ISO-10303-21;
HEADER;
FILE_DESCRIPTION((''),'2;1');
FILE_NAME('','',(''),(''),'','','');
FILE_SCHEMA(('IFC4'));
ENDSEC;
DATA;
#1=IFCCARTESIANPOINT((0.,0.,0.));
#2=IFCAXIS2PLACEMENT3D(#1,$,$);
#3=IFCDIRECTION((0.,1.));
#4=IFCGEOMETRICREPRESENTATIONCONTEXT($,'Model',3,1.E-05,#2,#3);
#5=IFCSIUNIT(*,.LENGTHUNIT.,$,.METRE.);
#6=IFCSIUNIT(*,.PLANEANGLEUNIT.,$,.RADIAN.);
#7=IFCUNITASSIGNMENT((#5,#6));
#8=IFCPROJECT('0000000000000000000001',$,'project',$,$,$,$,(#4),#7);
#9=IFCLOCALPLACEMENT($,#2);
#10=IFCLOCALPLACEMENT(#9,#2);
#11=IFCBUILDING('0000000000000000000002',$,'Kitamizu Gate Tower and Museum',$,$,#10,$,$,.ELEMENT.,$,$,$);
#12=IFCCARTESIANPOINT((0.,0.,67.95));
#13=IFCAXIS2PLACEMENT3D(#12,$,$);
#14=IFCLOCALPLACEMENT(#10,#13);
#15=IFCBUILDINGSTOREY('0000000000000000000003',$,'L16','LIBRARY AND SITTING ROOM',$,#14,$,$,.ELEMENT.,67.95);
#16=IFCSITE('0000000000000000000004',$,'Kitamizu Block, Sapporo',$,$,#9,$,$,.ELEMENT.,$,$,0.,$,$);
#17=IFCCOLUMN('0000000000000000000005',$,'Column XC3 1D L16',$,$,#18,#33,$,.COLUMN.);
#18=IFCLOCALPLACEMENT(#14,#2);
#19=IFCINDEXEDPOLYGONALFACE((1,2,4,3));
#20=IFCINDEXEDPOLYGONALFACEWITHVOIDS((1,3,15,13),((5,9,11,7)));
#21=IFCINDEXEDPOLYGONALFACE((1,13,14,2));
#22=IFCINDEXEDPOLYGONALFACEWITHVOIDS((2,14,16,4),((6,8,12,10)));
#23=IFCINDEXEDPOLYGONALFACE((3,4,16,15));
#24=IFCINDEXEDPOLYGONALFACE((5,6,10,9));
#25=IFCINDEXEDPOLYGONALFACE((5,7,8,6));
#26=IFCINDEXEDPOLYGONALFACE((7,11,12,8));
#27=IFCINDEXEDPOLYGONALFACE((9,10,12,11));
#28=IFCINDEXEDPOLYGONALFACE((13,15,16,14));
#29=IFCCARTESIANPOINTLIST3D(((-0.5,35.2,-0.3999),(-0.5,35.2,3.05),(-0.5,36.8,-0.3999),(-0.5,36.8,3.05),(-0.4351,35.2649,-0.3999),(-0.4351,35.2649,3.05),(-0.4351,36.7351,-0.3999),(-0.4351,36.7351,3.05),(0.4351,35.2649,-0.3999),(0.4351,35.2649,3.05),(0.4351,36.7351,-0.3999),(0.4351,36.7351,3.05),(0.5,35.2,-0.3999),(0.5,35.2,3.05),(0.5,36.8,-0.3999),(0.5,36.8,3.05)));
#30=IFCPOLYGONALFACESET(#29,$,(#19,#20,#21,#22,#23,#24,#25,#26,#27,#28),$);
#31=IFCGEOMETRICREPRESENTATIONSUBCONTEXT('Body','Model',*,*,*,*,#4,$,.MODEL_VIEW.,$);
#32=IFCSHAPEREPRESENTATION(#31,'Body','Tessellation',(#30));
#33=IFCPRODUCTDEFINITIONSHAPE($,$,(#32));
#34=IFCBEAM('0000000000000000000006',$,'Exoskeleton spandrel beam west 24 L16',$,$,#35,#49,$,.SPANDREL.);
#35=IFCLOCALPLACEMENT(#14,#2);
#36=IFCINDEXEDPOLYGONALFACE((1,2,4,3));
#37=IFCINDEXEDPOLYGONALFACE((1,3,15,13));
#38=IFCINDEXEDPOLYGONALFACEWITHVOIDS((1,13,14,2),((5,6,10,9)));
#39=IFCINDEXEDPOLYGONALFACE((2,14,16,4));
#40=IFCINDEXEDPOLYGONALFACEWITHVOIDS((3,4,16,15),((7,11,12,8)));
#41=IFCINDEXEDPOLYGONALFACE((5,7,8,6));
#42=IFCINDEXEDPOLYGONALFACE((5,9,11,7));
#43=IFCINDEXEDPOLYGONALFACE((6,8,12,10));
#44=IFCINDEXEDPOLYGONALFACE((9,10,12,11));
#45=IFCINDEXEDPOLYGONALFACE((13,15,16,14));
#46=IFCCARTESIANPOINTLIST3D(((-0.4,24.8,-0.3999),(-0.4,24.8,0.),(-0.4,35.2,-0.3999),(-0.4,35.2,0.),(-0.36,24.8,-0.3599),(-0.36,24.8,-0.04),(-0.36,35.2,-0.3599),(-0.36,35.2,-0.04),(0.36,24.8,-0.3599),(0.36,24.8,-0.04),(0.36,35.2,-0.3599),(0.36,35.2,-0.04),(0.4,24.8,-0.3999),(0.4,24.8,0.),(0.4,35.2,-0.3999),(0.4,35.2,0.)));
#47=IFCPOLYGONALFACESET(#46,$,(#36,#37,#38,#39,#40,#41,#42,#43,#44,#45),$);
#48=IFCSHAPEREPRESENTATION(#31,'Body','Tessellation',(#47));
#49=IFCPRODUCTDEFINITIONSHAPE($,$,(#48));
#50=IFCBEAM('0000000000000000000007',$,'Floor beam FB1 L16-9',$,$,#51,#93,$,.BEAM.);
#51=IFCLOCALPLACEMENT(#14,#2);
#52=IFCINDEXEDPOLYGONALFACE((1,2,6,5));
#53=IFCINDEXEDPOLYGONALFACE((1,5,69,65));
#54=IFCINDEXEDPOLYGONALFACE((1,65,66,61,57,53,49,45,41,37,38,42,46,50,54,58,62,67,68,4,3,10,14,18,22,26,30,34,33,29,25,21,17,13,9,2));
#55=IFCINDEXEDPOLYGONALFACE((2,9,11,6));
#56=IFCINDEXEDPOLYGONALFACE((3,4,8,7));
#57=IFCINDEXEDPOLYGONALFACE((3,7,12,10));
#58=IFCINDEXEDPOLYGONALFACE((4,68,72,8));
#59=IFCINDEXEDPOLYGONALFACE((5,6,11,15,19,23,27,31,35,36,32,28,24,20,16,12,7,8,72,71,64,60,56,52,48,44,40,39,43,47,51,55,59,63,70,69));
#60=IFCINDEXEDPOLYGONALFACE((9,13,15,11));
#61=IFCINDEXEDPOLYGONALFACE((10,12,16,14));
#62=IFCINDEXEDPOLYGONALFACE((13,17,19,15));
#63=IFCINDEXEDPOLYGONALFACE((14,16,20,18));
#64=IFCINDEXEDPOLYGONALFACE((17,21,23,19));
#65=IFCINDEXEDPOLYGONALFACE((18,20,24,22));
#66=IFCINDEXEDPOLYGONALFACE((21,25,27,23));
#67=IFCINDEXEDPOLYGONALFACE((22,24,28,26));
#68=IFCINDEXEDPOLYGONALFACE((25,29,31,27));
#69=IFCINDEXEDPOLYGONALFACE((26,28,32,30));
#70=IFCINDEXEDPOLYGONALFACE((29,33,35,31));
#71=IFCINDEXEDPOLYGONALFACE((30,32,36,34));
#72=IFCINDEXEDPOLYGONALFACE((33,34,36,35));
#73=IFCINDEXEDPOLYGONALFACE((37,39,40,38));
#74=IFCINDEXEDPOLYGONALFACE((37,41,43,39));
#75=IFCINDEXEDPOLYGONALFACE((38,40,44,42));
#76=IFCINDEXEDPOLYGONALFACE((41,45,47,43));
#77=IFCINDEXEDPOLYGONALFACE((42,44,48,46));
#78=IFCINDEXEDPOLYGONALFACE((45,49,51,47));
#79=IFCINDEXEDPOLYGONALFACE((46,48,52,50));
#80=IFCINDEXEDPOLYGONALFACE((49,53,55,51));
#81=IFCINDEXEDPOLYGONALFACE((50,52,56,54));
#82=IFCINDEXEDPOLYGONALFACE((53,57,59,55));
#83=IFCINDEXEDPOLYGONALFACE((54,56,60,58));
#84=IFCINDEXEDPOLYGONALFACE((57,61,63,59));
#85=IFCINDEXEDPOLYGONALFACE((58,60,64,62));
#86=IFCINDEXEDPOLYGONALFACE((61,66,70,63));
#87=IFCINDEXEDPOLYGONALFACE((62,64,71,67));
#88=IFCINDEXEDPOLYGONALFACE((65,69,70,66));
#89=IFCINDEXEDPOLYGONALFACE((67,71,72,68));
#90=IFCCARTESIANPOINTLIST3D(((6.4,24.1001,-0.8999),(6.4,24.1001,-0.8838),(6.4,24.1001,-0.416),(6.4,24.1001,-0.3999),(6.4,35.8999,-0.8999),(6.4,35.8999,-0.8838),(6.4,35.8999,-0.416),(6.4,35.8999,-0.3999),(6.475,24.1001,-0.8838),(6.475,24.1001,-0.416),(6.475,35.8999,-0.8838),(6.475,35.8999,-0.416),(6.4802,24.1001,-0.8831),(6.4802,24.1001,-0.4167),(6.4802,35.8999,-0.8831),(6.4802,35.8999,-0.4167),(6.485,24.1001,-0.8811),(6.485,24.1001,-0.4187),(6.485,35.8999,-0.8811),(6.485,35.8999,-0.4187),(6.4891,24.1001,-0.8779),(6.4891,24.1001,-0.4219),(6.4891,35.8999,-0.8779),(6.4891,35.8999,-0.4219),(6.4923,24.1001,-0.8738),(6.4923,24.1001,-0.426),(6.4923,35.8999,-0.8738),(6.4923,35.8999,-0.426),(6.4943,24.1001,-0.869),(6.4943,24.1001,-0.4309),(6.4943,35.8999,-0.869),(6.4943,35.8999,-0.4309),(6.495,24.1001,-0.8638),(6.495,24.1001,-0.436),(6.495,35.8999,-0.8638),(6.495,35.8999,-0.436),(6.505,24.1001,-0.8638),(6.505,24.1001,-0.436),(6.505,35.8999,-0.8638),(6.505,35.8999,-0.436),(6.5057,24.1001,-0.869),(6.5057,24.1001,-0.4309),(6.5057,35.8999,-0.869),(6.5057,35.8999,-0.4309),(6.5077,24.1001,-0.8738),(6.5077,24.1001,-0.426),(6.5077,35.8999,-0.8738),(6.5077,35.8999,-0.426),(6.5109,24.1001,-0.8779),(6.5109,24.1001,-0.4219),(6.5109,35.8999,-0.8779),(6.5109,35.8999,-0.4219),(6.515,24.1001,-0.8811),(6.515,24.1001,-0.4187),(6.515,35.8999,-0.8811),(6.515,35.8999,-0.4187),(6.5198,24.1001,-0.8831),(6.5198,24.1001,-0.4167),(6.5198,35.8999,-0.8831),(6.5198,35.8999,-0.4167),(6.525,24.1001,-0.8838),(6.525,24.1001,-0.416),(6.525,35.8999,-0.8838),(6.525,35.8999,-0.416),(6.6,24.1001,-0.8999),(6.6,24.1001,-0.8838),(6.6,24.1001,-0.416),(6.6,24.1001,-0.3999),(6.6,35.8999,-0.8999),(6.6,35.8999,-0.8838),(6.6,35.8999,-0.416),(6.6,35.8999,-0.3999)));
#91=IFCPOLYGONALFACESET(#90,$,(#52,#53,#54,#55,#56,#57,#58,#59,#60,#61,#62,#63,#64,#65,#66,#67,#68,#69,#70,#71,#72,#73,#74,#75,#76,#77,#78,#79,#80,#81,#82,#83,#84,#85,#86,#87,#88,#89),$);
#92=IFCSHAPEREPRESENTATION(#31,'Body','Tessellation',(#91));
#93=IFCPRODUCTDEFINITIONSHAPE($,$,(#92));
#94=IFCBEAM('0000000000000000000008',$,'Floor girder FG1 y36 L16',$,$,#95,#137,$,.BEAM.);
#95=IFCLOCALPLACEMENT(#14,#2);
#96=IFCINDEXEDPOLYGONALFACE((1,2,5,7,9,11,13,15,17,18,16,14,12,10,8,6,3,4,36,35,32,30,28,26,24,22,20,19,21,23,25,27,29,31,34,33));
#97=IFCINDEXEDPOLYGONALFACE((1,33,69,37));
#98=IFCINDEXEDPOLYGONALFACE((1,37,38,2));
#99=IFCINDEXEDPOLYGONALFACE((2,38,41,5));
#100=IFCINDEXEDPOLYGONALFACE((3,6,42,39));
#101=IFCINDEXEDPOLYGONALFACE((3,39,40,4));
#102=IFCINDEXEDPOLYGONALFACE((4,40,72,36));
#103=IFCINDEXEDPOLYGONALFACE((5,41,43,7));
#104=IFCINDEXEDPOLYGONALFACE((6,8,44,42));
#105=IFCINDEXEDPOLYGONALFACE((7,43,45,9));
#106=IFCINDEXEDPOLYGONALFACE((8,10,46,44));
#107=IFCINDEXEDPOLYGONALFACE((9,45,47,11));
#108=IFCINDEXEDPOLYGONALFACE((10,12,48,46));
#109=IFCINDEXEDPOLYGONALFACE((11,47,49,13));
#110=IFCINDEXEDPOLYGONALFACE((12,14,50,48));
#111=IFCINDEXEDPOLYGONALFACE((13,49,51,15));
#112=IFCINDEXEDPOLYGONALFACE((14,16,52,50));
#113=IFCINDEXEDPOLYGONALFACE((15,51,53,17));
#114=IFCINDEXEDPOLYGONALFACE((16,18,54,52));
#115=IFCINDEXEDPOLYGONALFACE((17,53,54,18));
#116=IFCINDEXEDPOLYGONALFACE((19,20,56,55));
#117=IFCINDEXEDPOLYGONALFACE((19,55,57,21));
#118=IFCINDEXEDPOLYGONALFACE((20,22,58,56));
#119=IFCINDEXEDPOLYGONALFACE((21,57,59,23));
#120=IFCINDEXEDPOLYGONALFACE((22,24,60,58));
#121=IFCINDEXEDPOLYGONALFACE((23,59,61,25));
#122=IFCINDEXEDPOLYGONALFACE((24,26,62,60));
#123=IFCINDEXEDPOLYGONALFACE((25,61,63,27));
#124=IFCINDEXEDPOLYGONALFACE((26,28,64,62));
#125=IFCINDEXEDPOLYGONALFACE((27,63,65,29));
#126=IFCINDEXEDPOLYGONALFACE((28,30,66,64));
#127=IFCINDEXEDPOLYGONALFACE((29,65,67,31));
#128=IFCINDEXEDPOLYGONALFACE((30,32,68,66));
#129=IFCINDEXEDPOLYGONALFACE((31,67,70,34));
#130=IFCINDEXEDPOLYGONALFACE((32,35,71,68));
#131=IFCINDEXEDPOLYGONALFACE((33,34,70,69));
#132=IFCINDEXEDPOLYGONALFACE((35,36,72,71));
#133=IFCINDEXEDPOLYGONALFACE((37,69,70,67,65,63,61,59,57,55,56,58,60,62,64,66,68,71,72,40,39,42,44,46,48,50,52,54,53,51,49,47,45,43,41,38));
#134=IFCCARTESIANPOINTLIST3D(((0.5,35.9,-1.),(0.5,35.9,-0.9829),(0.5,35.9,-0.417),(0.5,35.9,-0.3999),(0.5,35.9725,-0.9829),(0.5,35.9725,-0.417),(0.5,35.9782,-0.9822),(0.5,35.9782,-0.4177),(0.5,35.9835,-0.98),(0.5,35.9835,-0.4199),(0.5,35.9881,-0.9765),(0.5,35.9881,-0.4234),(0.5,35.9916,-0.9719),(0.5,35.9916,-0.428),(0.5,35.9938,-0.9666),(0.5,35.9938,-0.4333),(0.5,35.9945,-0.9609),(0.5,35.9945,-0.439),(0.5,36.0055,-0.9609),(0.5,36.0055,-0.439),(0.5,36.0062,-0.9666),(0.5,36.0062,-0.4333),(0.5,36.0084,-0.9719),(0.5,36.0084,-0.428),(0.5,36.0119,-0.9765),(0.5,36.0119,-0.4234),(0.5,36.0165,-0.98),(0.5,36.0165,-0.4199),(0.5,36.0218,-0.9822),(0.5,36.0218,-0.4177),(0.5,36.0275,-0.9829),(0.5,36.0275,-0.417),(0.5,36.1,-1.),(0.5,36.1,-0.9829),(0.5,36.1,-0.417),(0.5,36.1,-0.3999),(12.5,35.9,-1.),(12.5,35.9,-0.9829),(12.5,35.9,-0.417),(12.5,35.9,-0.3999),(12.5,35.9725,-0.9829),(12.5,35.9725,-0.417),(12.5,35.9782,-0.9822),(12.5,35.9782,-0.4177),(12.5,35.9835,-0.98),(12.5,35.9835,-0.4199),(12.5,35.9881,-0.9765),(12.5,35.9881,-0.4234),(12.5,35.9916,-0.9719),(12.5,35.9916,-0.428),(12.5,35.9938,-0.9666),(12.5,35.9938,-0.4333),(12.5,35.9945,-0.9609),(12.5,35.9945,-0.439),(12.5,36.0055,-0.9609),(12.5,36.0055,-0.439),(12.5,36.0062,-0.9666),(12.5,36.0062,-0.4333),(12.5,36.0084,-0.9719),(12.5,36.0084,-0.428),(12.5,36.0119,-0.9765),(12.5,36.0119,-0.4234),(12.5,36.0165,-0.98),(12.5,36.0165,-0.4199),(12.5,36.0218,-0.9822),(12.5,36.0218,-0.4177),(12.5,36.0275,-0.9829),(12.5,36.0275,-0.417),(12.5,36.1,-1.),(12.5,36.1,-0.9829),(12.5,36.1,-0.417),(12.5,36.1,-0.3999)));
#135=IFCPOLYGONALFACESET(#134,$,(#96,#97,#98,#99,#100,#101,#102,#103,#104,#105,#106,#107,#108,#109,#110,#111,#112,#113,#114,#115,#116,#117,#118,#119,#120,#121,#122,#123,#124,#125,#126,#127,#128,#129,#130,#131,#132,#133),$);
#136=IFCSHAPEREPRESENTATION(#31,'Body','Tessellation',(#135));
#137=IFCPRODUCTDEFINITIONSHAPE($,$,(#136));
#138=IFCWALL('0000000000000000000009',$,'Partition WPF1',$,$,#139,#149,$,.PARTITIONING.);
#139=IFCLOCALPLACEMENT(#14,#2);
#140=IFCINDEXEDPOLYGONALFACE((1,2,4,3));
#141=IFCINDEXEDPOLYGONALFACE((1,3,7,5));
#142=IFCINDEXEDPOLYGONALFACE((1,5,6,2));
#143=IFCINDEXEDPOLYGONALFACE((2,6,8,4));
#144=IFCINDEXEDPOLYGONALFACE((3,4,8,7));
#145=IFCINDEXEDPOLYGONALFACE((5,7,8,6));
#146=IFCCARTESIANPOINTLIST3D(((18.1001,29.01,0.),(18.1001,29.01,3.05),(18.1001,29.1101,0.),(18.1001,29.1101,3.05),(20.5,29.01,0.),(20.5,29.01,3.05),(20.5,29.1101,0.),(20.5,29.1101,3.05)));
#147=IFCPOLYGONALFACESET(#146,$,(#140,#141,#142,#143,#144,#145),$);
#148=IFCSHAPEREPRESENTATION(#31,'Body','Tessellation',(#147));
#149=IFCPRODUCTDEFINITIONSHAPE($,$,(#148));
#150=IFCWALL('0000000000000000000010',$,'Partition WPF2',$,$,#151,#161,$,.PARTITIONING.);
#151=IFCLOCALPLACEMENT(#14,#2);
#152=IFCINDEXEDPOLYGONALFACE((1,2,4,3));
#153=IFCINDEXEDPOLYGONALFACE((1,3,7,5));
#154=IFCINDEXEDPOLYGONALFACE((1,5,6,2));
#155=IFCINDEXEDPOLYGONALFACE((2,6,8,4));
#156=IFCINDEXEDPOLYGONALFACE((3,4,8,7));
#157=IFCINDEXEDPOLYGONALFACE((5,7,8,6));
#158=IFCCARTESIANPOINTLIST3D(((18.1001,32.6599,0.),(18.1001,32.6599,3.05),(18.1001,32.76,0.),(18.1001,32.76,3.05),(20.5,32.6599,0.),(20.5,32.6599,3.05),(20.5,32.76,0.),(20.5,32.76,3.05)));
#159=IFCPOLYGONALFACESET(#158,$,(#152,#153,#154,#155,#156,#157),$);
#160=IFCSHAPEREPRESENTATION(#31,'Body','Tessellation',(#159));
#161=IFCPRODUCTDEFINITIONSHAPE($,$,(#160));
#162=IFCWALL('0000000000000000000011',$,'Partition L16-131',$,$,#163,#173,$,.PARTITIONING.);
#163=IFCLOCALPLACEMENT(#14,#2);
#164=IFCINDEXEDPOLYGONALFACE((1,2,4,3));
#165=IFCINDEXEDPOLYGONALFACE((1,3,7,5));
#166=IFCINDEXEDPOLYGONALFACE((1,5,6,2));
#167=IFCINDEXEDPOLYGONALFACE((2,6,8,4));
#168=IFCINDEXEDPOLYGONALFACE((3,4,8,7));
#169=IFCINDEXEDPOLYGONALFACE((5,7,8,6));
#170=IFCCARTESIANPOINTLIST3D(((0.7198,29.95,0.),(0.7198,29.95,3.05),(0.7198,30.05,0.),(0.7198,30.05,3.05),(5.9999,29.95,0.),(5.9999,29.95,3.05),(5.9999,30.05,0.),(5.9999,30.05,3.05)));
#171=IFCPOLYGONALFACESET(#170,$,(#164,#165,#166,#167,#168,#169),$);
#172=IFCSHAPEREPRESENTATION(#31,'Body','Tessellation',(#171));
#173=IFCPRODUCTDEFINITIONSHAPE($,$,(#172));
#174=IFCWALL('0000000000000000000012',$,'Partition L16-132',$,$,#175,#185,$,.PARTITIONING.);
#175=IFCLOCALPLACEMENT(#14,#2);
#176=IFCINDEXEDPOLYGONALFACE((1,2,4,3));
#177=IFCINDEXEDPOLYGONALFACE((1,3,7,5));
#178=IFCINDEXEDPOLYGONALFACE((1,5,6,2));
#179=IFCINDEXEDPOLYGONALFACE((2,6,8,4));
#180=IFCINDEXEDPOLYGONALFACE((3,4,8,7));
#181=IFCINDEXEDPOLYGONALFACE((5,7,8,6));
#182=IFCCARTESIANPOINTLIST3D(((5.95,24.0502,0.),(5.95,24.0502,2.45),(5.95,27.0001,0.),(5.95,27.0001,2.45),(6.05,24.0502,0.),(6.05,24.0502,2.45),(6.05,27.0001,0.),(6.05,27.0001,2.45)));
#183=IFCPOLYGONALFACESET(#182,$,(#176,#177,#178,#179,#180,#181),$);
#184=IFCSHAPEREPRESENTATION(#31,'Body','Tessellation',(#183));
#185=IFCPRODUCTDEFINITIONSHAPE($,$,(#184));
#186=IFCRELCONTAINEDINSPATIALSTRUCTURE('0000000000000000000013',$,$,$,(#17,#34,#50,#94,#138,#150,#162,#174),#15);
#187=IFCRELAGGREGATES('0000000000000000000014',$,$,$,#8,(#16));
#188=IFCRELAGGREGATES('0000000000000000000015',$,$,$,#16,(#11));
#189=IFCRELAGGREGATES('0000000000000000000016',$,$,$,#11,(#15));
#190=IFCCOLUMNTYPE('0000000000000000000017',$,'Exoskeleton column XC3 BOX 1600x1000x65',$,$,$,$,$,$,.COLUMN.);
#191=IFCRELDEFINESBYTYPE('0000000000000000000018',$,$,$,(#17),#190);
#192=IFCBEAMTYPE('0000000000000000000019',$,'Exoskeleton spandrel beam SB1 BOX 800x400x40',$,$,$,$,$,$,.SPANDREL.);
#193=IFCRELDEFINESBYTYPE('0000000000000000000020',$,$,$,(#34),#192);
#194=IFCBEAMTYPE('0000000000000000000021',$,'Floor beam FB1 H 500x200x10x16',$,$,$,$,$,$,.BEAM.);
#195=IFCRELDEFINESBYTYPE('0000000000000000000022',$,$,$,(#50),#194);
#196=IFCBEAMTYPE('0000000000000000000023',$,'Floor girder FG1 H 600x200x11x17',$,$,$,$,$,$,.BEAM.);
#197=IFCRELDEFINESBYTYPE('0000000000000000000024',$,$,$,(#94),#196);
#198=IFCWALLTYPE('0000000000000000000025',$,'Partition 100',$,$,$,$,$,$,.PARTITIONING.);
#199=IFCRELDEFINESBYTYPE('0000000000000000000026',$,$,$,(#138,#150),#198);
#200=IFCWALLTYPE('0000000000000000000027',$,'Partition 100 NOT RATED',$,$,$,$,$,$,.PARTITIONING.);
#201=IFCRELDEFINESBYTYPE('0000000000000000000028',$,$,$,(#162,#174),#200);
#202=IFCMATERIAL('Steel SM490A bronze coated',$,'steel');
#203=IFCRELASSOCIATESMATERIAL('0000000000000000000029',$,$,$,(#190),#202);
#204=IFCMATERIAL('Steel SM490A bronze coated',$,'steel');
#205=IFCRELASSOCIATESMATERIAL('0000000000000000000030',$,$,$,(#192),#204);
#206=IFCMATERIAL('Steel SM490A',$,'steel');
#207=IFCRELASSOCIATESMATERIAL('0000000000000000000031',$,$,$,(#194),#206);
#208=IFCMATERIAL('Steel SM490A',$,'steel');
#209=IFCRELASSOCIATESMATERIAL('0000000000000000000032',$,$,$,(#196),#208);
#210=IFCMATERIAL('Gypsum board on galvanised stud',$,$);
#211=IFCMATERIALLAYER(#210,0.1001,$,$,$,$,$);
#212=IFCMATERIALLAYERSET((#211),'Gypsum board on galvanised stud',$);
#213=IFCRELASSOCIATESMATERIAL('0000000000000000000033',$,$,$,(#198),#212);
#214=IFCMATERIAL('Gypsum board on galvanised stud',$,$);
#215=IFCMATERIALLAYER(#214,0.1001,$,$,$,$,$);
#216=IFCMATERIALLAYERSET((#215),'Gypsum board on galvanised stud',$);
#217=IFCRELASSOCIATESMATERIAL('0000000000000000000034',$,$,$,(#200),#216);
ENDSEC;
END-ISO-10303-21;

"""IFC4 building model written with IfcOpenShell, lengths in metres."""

from ifc_helpers import new_model, si_unit, direction, frame, frame_2d, origin, origin_2d, place, context, subcontext, project, spatial, rectangle, hollow_rectangle, i_section, extrude, material, layer, layer_set, material_profile, profile_set, type_object, element, save


model = new_model("IFC4")

# Units and contexts
model_context = context("Model", 3, precision=1e-05, world=origin(), true_north=direction((0.0, 1.0)))
body_context = subcontext(model_context, "Body", "Model", "MODEL_VIEW")
ifc_project = project(units=[si_unit("LENGTHUNIT", "METRE"), si_unit("PLANEANGLEUNIT", "RADIAN")], contexts=[model_context])

# Site, building, storey
site_placement = place(None, origin())
site = spatial("IfcSite", under=ifc_project, at=site_placement, Name="Kitamizu Block, Sapporo", CompositionType="ELEMENT", RefElevation=0.0)
building_placement = place(site_placement, origin())
building = spatial("IfcBuilding", under=site, at=building_placement, Name="Kitamizu Gate Tower and Museum", CompositionType="ELEMENT")
storey_placement = place(building_placement, frame((0.0, 0.0, 67.95)))
storey = spatial("IfcBuildingStorey", under=building, at=storey_placement, Name="L16", Description="LIBRARY AND SITTING ROOM", CompositionType="ELEMENT", Elevation=67.95)

# Column
ifc_material_1 = material(Name="Steel SM490A bronze coated", Category="steel")
ifc_material_profile_1 = material_profile(ifc_material_1, hollow_rectangle(XDim=1.6001, YDim=1.0, WallThickness=0.0649, at=origin_2d()), Name="BOX 1600x1000x65")
ifc_profile_set_1 = profile_set([ifc_material_profile_1], Name="Steel SM490A bronze coated")
column_type = type_object("IfcColumnType", Name="Exoskeleton column XC3 BOX 1600x1000x65", PredefinedType="COLUMN", material=ifc_profile_set_1)
column_placement = place(storey_placement, frame((0.0, 36.0, -0.3999), z_axis=(0.0, 0.0, 1.0), x_axis=(0.0, 1.0, 0.0)))
element("IfcColumn", 1, at=column_placement, inside=storey, type_object=column_type, Name="Column XC3 1D L16", PredefinedType="COLUMN", context=body_context, shape_type="SweptSolid", body=[
    extrude(hollow_rectangle(XDim=1.6001, YDim=1.0, WallThickness=0.0649, at=origin_2d()), origin(), (0.0, 0.0, 1.0), 3.45),
])

# Beams
ifc_material_2 = material(Name="Steel SM490A bronze coated", Category="steel")
ifc_material_profile_2 = material_profile(ifc_material_2, hollow_rectangle(XDim=0.8, YDim=0.3999, WallThickness=0.04, at=origin_2d()), Name="BOX 800x400x40")
ifc_profile_set_2 = profile_set([ifc_material_profile_2], Name="Steel SM490A bronze coated")
beam_type_1 = type_object("IfcBeamType", Name="Exoskeleton spandrel beam SB1 BOX 800x400x40", PredefinedType="SPANDREL", material=ifc_profile_set_2)
beam_1_placement = place(storey_placement, frame((0.0, 24.8, -0.2), z_axis=(0.0, 1.0, 0.0), x_axis=(-1.0, 0.0, 0.0)))
element("IfcBeam", 2, at=beam_1_placement, inside=storey, type_object=beam_type_1, Name="Exoskeleton spandrel beam west 24 L16", PredefinedType="SPANDREL", context=body_context, shape_type="SweptSolid", body=[
    extrude(hollow_rectangle(XDim=0.8, YDim=0.3999, WallThickness=0.04, at=origin_2d()), origin(), (0.0, 0.0, 1.0), 10.3999),
])
ifc_material_3 = material(Name="Steel SM490A", Category="steel")
ifc_material_profile_3 = material_profile(ifc_material_3, i_section(OverallWidth=0.2, OverallDepth=0.5, WebThickness=0.01, FlangeThickness=0.0161, FilletRadius=0.02, at=origin_2d()), Name="H-500x200x10x16")
ifc_profile_set_3 = profile_set([ifc_material_profile_3], Name="Steel SM490A")
beam_type_2 = type_object("IfcBeamType", Name="Floor beam FB1 H 500x200x10x16", PredefinedType="BEAM", material=ifc_profile_set_3)
beam_2_placement = place(storey_placement, frame((6.5, 24.1001, -0.6499), z_axis=(0.0, 1.0, 0.0), x_axis=(-1.0, 0.0, 0.0)))
element("IfcBeam", 3, at=beam_2_placement, inside=storey, type_object=beam_type_2, Name="Floor beam FB1 L16-9", PredefinedType="BEAM", context=body_context, shape_type="SweptSolid", body=[
    extrude(i_section(OverallWidth=0.2, OverallDepth=0.5, WebThickness=0.01, FlangeThickness=0.0161, FilletRadius=0.02, at=origin_2d()), origin(), (0.0, 0.0, 1.0), 11.7998),
])
ifc_material_4 = material(Name="Steel SM490A", Category="steel")
ifc_material_profile_4 = material_profile(ifc_material_4, i_section(OverallWidth=0.2, OverallDepth=0.6001, WebThickness=0.011, FlangeThickness=0.0171, FilletRadius=0.022, at=origin_2d()), Name="H-600x200x11x17")
ifc_profile_set_4 = profile_set([ifc_material_profile_4], Name="Steel SM490A")
beam_type_3 = type_object("IfcBeamType", Name="Floor girder FG1 H 600x200x11x17", PredefinedType="BEAM", material=ifc_profile_set_4)
beam_3_placement = place(storey_placement, frame((0.5, 36.0, -0.7), z_axis=(1.0, 0.0, 0.0), x_axis=(0.0, 1.0, 0.0)))
element("IfcBeam", 4, at=beam_3_placement, inside=storey, type_object=beam_type_3, Name="Floor girder FG1 y36 L16", PredefinedType="BEAM", context=body_context, shape_type="SweptSolid", body=[
    extrude(i_section(OverallWidth=0.2, OverallDepth=0.6001, WebThickness=0.011, FlangeThickness=0.0171, FilletRadius=0.022, at=origin_2d()), origin(), (0.0, 0.0, 1.0), 12.0),
])

# Walls
ifc_material_5 = material(Name="Gypsum board on galvanised stud")
ifc_layer_1 = layer(ifc_material_5, 0.1001)
ifc_layer_set_1 = layer_set([ifc_layer_1], Name="Gypsum board on galvanised stud")
wall_type_1 = type_object("IfcWallType", Name="Partition 100", PredefinedType="PARTITIONING", material=ifc_layer_set_1)
for number, where, z_axis, x_axis, name in (
    (5, (18.1001, 29.0601, 0.0), (0.0, 0.0, 1.0), (1.0, 0.0, 0.0), "Partition WPF1"),
    (6, (18.1001, 32.71, 0.0), (0.0, 0.0, 1.0), (1.0, 0.0, 0.0), "Partition WPF2"),
):
    element("IfcWall", number, at=place(storey_placement, frame(where, z_axis=z_axis, x_axis=x_axis)), inside=storey, type_object=wall_type_1, Name=name, PredefinedType="PARTITIONING", context=body_context, shape_type="SweptSolid", body=[
        extrude(rectangle(XDim=2.3999, YDim=0.1001, at=frame_2d((1.2, 0.0))), origin(), (0.0, 0.0, 1.0), 3.05),
    ])
ifc_material_6 = material(Name="Gypsum board on galvanised stud")
ifc_layer_2 = layer(ifc_material_6, 0.1001)
ifc_layer_set_2 = layer_set([ifc_layer_2], Name="Gypsum board on galvanised stud")
wall_type_2 = type_object("IfcWallType", Name="Partition 100 NOT RATED", PredefinedType="PARTITIONING", material=ifc_layer_set_2)
wall_1_placement = place(storey_placement, frame((6.0, 30.0, 0.0), z_axis=(0.0, 0.0, 1.0), x_axis=(-1.0, 0.0, 0.0)))
element("IfcWall", 7, at=wall_1_placement, inside=storey, type_object=wall_type_2, Name="Partition L16-131", PredefinedType="PARTITIONING", context=body_context, shape_type="SweptSolid", body=[
    extrude(rectangle(XDim=5.28, YDim=0.1001, at=frame_2d((2.6401, 0.0))), origin(), (0.0, 0.0, 1.0), 3.05),
])
wall_2_placement = place(storey_placement, frame((6.0, 24.05, 0.0), z_axis=(0.0, 0.0, 1.0), x_axis=(0.0, 1.0, 0.0)))
element("IfcWall", 8, at=wall_2_placement, inside=storey, type_object=wall_type_2, Name="Partition L16-132", PredefinedType="PARTITIONING", context=body_context, shape_type="SweptSolid", body=[
    extrude(rectangle(XDim=2.95, YDim=0.1001, at=frame_2d((1.4751, 0.0))), origin(), (0.0, 0.0, 1.0), 2.45),
])

save(model, "model.ifc")
